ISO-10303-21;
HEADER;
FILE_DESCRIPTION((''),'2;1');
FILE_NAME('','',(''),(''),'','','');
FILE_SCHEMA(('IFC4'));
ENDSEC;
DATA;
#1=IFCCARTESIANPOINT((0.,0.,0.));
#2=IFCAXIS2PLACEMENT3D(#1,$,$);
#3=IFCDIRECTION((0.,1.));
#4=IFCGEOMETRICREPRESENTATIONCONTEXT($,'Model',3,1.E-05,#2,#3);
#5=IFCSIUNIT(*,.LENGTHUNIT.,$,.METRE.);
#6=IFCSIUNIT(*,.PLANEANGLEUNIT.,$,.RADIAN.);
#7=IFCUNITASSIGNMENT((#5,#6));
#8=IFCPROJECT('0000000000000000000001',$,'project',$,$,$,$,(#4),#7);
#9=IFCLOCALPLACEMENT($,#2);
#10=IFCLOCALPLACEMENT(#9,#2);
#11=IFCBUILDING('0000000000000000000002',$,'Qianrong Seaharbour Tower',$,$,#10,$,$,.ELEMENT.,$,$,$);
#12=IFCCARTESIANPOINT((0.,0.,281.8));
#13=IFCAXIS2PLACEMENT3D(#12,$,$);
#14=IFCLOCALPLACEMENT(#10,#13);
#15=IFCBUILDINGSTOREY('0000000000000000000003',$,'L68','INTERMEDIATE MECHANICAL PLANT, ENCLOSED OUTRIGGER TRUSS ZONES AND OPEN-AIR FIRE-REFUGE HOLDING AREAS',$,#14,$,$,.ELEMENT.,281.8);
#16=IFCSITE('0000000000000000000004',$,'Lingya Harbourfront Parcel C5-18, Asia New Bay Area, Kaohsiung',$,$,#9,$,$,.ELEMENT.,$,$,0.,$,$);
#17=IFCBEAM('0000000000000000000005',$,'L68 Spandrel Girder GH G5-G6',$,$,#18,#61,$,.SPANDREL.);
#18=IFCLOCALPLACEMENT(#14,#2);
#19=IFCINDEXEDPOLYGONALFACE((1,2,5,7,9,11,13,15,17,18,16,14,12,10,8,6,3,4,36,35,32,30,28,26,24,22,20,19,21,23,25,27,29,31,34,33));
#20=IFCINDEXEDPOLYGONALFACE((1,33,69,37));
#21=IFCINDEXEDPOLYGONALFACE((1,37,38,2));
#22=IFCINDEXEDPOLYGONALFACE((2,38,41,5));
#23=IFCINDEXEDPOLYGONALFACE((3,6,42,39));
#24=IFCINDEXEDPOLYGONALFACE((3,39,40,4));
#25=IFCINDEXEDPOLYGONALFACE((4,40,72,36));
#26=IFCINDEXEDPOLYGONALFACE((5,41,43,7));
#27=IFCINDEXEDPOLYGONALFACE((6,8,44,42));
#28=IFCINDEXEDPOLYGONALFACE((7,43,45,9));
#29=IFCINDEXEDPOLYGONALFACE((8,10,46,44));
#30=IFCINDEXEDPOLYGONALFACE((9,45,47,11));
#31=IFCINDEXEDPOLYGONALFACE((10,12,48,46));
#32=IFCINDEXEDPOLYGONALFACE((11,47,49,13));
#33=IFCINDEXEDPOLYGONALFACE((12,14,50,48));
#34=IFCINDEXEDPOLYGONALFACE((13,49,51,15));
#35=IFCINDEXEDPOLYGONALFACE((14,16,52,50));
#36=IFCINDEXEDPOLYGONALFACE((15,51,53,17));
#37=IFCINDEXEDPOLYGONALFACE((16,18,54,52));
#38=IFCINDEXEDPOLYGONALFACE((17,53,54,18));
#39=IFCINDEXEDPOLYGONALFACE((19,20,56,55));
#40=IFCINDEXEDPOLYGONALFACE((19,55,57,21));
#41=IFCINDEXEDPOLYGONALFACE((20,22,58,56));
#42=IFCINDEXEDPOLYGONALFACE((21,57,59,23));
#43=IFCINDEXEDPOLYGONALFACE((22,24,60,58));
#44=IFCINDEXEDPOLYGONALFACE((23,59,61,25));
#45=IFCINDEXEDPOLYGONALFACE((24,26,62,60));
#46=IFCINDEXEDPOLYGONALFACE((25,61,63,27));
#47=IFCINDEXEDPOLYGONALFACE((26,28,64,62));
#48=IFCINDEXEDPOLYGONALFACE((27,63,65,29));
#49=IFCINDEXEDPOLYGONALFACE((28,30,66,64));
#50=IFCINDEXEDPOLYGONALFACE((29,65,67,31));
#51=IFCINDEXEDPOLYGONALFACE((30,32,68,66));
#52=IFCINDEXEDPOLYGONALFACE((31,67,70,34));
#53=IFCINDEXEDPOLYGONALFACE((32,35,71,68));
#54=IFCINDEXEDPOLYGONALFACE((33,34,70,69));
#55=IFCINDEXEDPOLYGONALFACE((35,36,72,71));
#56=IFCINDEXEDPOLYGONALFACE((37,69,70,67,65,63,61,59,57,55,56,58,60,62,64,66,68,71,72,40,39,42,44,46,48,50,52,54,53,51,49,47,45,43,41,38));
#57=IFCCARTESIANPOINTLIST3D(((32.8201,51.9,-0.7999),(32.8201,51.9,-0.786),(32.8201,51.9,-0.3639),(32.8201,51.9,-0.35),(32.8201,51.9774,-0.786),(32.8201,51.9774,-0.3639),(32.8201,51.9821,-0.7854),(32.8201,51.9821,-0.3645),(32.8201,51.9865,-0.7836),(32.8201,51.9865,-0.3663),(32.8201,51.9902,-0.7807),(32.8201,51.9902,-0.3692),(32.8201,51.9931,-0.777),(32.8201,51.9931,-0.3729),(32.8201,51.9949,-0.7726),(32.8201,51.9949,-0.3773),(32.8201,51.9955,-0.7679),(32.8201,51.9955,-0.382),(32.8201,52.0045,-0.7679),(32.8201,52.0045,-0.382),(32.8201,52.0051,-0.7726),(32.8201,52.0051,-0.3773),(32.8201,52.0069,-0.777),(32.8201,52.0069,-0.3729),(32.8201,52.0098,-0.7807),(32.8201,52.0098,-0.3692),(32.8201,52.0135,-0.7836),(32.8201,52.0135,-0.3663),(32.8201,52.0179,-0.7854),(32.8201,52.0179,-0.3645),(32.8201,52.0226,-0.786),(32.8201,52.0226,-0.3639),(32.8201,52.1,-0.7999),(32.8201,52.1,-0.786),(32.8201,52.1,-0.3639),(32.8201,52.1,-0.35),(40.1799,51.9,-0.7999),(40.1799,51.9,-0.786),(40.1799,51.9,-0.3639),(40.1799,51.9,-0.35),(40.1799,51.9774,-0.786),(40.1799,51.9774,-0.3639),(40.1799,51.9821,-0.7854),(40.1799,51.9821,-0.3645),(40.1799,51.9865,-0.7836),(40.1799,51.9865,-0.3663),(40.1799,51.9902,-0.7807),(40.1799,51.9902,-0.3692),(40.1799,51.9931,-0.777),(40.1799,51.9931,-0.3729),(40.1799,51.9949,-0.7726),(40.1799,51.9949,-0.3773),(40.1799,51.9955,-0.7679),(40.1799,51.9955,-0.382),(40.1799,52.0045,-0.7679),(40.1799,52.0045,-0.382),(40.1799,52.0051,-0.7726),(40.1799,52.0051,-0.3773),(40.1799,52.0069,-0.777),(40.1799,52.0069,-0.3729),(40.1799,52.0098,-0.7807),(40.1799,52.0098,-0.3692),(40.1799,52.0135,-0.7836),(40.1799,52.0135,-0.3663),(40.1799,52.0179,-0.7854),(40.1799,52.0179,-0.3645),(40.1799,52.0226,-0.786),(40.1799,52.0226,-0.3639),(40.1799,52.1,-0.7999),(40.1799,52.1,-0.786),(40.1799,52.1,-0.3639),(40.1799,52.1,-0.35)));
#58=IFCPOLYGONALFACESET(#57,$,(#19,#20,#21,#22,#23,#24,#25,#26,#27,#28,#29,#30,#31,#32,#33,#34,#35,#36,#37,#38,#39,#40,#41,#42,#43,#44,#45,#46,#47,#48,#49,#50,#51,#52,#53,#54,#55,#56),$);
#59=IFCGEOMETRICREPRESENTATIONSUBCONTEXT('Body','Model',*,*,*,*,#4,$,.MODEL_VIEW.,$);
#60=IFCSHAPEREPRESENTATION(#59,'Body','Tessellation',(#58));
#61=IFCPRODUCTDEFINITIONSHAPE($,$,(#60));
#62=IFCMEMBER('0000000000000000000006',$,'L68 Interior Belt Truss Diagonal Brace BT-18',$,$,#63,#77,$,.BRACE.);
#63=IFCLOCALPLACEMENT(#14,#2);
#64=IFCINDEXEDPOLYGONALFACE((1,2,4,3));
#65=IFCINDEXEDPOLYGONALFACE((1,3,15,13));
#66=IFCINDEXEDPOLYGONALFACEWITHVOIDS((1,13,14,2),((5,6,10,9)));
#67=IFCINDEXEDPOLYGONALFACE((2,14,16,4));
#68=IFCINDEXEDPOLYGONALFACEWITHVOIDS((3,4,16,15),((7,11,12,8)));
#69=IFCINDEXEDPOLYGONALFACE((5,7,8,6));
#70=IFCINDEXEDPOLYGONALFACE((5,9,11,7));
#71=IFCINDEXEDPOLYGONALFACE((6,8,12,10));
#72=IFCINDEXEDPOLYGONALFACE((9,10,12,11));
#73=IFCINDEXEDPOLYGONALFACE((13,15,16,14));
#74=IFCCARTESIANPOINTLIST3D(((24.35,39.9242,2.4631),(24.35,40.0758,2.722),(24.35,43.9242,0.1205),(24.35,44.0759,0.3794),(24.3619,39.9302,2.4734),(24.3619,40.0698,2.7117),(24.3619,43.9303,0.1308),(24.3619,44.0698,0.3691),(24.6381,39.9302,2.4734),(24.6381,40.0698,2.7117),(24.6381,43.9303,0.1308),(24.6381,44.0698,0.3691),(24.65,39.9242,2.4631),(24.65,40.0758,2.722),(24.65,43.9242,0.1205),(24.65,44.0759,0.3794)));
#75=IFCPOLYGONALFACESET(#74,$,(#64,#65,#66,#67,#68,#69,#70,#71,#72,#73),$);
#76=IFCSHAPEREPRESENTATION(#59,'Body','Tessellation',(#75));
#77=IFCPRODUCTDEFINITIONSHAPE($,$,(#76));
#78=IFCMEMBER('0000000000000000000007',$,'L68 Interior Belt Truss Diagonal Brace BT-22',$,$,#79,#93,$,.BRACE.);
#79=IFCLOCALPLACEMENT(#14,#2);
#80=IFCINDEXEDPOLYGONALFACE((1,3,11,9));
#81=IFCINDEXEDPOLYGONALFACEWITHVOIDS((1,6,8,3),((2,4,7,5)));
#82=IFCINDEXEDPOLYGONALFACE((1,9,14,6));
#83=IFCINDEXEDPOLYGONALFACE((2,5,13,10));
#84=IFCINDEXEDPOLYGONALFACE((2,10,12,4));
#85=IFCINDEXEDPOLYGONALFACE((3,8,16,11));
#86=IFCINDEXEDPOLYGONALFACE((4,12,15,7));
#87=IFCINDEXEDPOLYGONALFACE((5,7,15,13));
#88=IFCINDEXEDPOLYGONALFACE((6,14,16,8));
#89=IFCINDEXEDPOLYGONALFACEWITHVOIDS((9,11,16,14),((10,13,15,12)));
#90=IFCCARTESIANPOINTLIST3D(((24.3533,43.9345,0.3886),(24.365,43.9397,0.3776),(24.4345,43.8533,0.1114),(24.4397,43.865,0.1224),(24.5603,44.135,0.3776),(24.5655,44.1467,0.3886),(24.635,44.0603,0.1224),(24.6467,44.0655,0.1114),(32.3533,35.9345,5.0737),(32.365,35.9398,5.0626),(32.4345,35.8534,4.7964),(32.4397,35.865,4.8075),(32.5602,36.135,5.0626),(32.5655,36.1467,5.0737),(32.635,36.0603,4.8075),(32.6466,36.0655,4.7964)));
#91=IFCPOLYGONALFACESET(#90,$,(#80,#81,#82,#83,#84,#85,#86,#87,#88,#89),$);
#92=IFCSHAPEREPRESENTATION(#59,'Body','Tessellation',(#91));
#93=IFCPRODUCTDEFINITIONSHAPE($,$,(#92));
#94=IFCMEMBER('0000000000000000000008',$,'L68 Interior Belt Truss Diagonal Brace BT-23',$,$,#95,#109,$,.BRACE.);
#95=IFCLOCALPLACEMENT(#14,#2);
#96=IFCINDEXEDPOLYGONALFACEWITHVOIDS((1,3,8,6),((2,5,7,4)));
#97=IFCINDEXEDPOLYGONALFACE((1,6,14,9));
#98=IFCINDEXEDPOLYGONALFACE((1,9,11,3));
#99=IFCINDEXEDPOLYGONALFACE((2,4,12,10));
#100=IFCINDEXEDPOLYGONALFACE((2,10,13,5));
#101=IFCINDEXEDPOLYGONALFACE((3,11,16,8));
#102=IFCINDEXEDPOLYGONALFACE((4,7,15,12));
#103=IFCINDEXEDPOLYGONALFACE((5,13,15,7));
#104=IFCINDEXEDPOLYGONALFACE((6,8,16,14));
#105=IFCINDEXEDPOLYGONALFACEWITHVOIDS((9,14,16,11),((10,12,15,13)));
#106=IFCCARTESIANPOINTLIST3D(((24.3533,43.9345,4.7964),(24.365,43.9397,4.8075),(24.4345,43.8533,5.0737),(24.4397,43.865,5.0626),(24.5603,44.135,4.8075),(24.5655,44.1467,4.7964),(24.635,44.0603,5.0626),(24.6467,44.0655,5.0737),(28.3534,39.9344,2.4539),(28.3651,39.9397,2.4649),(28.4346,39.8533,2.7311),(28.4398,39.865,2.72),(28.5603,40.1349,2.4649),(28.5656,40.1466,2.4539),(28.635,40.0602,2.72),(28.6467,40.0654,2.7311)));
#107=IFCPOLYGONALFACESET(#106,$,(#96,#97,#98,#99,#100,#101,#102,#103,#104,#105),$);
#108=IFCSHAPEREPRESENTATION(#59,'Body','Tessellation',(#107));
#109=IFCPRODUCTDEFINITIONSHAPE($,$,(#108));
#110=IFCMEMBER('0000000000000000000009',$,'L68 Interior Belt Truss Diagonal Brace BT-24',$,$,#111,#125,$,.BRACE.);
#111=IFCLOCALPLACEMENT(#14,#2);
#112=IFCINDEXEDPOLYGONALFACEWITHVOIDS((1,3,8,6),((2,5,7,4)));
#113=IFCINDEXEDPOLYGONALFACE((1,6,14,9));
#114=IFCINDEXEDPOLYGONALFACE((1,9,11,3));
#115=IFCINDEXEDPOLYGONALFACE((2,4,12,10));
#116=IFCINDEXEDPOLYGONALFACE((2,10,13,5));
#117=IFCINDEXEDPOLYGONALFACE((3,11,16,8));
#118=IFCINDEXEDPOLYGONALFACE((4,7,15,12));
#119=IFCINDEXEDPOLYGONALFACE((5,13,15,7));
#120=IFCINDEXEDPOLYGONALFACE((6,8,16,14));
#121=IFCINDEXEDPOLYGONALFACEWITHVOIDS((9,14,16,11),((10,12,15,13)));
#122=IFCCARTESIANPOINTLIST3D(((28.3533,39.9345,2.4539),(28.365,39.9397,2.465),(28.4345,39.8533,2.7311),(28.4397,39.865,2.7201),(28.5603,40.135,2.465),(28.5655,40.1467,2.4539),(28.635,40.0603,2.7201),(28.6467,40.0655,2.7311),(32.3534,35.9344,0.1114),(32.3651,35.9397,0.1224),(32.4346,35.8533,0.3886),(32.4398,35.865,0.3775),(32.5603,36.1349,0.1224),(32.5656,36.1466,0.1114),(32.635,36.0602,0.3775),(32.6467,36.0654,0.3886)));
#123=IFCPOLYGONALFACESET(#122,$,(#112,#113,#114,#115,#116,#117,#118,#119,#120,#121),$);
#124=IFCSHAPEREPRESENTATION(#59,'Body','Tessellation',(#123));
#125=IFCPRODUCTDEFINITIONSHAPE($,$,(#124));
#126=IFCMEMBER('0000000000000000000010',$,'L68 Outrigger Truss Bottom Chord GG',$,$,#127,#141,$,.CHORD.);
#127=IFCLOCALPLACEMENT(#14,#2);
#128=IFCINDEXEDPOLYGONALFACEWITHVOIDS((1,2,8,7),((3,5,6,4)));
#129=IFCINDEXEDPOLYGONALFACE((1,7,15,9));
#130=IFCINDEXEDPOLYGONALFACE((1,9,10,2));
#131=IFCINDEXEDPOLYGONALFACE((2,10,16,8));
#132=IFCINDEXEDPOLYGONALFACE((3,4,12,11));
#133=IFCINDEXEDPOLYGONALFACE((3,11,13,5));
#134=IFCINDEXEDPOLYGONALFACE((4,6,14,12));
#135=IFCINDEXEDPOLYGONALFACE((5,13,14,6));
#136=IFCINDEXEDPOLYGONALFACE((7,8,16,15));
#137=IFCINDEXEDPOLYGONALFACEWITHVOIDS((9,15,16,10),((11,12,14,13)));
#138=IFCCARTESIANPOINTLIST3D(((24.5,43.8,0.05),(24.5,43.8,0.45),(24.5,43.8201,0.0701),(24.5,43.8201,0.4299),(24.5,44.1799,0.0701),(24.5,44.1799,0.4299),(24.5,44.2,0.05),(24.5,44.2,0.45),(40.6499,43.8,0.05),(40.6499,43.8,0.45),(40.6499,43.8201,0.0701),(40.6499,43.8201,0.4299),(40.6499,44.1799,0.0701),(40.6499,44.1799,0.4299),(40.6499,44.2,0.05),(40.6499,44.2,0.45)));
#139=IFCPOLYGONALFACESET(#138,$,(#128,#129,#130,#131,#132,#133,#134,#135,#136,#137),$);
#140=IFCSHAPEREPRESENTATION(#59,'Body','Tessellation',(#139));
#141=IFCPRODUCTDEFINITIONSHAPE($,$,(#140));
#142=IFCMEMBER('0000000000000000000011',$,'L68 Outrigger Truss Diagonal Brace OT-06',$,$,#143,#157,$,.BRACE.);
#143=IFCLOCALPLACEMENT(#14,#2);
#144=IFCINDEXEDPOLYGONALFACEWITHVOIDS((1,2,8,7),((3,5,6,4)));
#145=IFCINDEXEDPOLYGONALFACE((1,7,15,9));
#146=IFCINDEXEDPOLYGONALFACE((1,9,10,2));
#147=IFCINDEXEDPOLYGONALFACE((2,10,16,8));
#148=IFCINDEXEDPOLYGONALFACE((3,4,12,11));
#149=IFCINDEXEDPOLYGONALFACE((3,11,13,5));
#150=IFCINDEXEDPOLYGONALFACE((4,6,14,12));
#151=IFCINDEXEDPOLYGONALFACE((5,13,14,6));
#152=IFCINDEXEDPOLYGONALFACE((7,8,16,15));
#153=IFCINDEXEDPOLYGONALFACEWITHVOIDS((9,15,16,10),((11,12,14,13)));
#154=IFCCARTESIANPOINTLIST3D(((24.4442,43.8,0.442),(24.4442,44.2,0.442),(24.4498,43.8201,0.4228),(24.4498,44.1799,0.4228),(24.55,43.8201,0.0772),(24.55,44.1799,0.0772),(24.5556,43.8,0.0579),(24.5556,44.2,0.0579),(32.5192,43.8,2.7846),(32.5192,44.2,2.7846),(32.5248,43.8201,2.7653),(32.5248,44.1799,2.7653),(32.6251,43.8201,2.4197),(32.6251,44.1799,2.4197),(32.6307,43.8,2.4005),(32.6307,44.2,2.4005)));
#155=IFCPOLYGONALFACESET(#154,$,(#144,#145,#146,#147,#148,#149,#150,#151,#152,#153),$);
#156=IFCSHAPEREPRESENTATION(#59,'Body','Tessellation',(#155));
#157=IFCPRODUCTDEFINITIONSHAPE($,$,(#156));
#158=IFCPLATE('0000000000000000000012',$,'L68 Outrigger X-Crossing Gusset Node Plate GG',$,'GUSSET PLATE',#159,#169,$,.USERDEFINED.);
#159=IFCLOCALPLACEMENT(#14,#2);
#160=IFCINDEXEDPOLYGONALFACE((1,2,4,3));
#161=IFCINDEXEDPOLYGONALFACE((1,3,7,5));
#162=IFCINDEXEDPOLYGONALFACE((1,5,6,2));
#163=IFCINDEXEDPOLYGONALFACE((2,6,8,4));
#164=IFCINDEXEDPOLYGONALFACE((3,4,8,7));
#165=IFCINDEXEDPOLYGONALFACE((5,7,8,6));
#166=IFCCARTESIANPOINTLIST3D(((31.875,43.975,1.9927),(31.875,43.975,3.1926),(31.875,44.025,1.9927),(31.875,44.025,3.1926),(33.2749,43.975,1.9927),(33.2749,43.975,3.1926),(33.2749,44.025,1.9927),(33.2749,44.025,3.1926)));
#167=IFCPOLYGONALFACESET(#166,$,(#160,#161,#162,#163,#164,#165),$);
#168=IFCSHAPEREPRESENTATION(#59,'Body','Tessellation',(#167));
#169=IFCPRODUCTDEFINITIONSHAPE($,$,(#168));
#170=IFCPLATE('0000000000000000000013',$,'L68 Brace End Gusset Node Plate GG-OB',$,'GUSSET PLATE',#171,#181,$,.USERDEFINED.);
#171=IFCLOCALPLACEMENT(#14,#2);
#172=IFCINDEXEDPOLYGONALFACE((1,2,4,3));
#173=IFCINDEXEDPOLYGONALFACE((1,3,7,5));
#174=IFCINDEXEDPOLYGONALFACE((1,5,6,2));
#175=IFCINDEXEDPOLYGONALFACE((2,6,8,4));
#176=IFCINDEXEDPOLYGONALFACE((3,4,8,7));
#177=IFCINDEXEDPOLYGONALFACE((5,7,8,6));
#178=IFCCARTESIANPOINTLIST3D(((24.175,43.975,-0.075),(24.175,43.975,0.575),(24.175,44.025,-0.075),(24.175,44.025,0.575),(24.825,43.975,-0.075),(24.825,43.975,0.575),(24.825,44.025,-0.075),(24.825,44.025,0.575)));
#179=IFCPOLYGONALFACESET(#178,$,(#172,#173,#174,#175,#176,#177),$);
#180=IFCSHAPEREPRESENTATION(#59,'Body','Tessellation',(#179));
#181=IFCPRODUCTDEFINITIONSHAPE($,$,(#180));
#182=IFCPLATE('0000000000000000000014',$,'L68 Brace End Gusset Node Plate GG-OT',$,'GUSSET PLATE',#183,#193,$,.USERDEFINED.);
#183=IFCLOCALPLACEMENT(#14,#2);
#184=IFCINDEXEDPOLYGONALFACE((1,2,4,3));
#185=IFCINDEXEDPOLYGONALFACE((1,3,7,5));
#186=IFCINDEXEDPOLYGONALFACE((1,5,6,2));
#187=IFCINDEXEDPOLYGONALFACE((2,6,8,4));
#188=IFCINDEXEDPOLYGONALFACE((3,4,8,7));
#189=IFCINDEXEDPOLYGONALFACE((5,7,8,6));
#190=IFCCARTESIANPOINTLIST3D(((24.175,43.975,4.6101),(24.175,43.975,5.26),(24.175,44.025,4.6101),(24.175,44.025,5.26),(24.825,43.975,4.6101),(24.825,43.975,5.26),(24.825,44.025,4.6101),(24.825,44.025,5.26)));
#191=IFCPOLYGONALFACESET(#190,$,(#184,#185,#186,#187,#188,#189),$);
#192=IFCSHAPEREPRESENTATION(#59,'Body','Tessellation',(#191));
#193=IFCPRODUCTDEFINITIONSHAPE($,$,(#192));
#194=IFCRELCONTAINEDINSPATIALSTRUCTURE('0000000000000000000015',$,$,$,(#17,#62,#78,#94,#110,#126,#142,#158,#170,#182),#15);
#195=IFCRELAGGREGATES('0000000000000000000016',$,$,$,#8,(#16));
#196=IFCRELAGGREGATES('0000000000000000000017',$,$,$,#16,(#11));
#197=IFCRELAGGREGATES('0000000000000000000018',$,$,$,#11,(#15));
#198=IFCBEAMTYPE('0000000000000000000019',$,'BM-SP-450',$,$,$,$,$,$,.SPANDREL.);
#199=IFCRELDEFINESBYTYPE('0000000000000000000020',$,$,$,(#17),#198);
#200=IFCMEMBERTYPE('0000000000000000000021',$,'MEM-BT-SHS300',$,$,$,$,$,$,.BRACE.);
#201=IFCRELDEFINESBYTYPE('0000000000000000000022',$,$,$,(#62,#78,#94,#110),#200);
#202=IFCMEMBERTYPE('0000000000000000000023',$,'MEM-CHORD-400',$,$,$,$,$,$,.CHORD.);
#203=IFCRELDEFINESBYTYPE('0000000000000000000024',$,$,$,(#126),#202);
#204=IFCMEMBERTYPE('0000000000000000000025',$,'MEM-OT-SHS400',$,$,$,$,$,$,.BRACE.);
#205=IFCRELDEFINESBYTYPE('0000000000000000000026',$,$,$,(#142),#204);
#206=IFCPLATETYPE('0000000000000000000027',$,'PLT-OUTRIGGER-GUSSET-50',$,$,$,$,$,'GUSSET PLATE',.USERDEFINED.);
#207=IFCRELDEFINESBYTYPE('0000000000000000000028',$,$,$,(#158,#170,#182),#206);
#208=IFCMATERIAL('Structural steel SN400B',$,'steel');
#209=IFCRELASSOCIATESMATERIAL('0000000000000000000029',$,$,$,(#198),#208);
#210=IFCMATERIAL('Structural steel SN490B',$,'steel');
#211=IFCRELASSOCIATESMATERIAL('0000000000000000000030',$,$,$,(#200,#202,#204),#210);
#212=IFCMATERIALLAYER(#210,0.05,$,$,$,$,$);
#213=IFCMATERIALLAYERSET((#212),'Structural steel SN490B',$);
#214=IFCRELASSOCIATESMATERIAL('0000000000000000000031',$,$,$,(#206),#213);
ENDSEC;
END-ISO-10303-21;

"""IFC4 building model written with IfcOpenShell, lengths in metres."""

from ifc_helpers import new_model, si_unit, direction, frame, origin, origin_2d, place, context, subcontext, project, spatial, rectangle, hollow_rectangle, i_section, extrude, material, layer, layer_set, material_profile, profile_set, type_object, element, save


model = new_model("IFC4")

# Units and contexts
model_context = context("Model", 3, precision=1e-05, world=origin(), true_north=direction((0.0, 1.0)))
body_context = subcontext(model_context, "Body", "Model", "MODEL_VIEW")
ifc_project = project(units=[si_unit("LENGTHUNIT", "METRE"), si_unit("PLANEANGLEUNIT", "RADIAN")], contexts=[model_context])

# Site, building, storey
site_placement = place(None, origin())
site = spatial("IfcSite", under=ifc_project, at=site_placement, Name="Lingya Harbourfront Parcel C5-18, Asia New Bay Area, Kaohsiung", CompositionType="ELEMENT", RefElevation=0.0)
building_placement = place(site_placement, origin())
building = spatial("IfcBuilding", under=site, at=building_placement, Name="Qianrong Seaharbour Tower", CompositionType="ELEMENT")
storey_placement = place(building_placement, frame((0.0, 0.0, 281.8)))
storey = spatial("IfcBuildingStorey", under=building, at=storey_placement, Name="L68", Description="INTERMEDIATE MECHANICAL PLANT, ENCLOSED OUTRIGGER TRUSS ZONES AND OPEN-AIR FIRE-REFUGE HOLDING AREAS", CompositionType="ELEMENT", Elevation=281.8)

# Shared definitions
ifc_material_1 = material(Name="Structural steel SN490B", Category="steel")

# Beam
ifc_material_2 = material(Name="Structural steel SN400B", Category="steel")
ifc_material_profile_1 = material_profile(ifc_material_2, i_section(OverallWidth=0.2, OverallDepth=0.45, WebThickness=0.009, FlangeThickness=0.0139, FilletRadius=0.0181, at=origin_2d()), Name="H450x200x9x14")
ifc_profile_set_1 = profile_set([ifc_material_profile_1], Name="Structural steel SN400B")
beam_type_1 = type_object("IfcBeamType", Name="BM-SP-450", PredefinedType="SPANDREL", material=ifc_profile_set_1)
for number, where, z_axis, x_axis, name in (
    (1, (32.8201, 52.0, -0.575), (1.0, 0.0, 0.0), (0.0, 1.0, 0.0), "L68 Spandrel Girder GH G5-G6"),
):
    element("IfcBeam", number, at=place(storey_placement, frame(where, z_axis=z_axis, x_axis=x_axis)), inside=storey, type_object=beam_type_1, Name=name, PredefinedType="SPANDREL", context=body_context, shape_type="SweptSolid", body=[
        extrude(i_section(OverallWidth=0.2, OverallDepth=0.45, WebThickness=0.009, FlangeThickness=0.0139, FilletRadius=0.0181, at=origin_2d()), origin(), (0.0, 0.0, 1.0), 7.3599),
    ])

# Members
ifc_material_profile_2 = material_profile(ifc_material_1, hollow_rectangle(XDim=0.3, YDim=0.3, WallThickness=0.012, at=origin_2d()), Name="SHS300x300x12")
ifc_profile_set_2 = profile_set([ifc_material_profile_2], Name="Structural steel SN490B")
member_type_1 = type_object("IfcMemberType", Name="MEM-BT-SHS300", PredefinedType="BRACE", material=ifc_profile_set_2)
member_1_placement = place(storey_placement, frame((24.5, 40.0, 2.5925), z_axis=(0.0, 0.862914, -0.50535), x_axis=(-1.0, 0.0, 0.0)))
element("IfcMember", 2, at=member_1_placement, inside=storey, type_object=member_type_1, Name="L68 Interior Belt Truss Diagonal Brace BT-18", PredefinedType="BRACE", context=body_context, shape_type="SweptSolid", body=[
    extrude(hollow_rectangle(XDim=0.3, YDim=0.3, WallThickness=0.012, at=origin_2d()), origin(), (0.0, 0.0, 1.0), 4.6355),
])
member_2_placement = place(storey_placement, frame((24.5, 44.0, 0.25), z_axis=(0.653307, -0.653307, 0.382597), x_axis=(0.707107, 0.707107, 0.0)))
element("IfcMember", 3, at=member_2_placement, inside=storey, type_object=member_type_1, Name="L68 Interior Belt Truss Diagonal Brace BT-22", PredefinedType="BRACE", context=body_context, shape_type="SweptSolid", body=[
    extrude(hollow_rectangle(XDim=0.3, YDim=0.3, WallThickness=0.012, at=origin_2d()), origin(), (0.0, 0.0, 1.0), 12.2454),
])
for number, where, z_axis, x_axis, name in (
    (4, (24.5, 44.0, 4.9351), (0.653307, -0.653307, -0.382597), (0.707107, 0.707107, 0.0), "L68 Interior Belt Truss Diagonal Brace BT-23"),
    (5, (28.5, 40.0, 2.5925), (0.653307, -0.653307, -0.382597), (0.707107, 0.707107, 0.0), "L68 Interior Belt Truss Diagonal Brace BT-24"),
):
    element("IfcMember", number, at=place(storey_placement, frame(where, z_axis=z_axis, x_axis=x_axis)), inside=storey, type_object=member_type_1, Name=name, PredefinedType="BRACE", context=body_context, shape_type="SweptSolid", body=[
        extrude(hollow_rectangle(XDim=0.3, YDim=0.3, WallThickness=0.012, at=origin_2d()), origin(), (0.0, 0.0, 1.0), 6.1228),
    ])
ifc_material_profile_3 = material_profile(ifc_material_1, hollow_rectangle(XDim=0.3999, YDim=0.3999, WallThickness=0.02, at=origin_2d()), Name="SHS400x400x20")
ifc_profile_set_3 = profile_set([ifc_material_profile_3], Name="Structural steel SN490B")
member_type_2 = type_object("IfcMemberType", Name="MEM-CHORD-400", PredefinedType="CHORD", material=ifc_profile_set_3)
member_3_placement = place(storey_placement, frame((24.5, 44.0, 0.25), z_axis=(1.0, 0.0, 0.0), x_axis=(0.0, 1.0, 0.0)))
element("IfcMember", 6, at=member_3_placement, inside=storey, type_object=member_type_2, Name="L68 Outrigger Truss Bottom Chord GG", PredefinedType="CHORD", context=body_context, shape_type="SweptSolid", body=[
    extrude(hollow_rectangle(XDim=0.3999, YDim=0.3999, WallThickness=0.02, at=origin_2d()), origin(), (0.0, 0.0, 1.0), 16.1499),
])
ifc_material_profile_4 = material_profile(ifc_material_1, hollow_rectangle(XDim=0.3999, YDim=0.3999, WallThickness=0.02, at=origin_2d()), Name="SHS400x400x20")
ifc_profile_set_4 = profile_set([ifc_material_profile_4], Name="Structural steel SN490B")
member_type_3 = type_object("IfcMemberType", Name="MEM-OT-SHS400", PredefinedType="BRACE", material=ifc_profile_set_4)
member_4_placement = place(storey_placement, frame((32.575, 44.0, 2.5925), z_axis=(-0.960404, 0.0, -0.278611), x_axis=(0.0, -1.0, 0.0)))
element("IfcMember", 7, at=member_4_placement, inside=storey, type_object=member_type_3, Name="L68 Outrigger Truss Diagonal Brace OT-06", PredefinedType="BRACE", context=body_context, shape_type="SweptSolid", body=[
    extrude(hollow_rectangle(XDim=0.3999, YDim=0.3999, WallThickness=0.02, at=origin_2d()), origin(), (0.0, 0.0, 1.0), 8.408),
])

# Plates
ifc_layer_1 = layer(ifc_material_1, 0.05)
ifc_layer_set_1 = layer_set([ifc_layer_1], Name="Structural steel SN490B")
plate_type = type_object("IfcPlateType", Name="PLT-OUTRIGGER-GUSSET-50", ElementType="GUSSET PLATE", PredefinedType="USERDEFINED", material=ifc_layer_set_1)
plate_1_placement = place(storey_placement, frame((32.575, 44.0, 1.9927), z_axis=(0.0, 0.0, 1.0), x_axis=(1.0, 0.0, 0.0)))
element("IfcPlate", 8, at=plate_1_placement, inside=storey, type_object=plate_type, Name="L68 Outrigger X-Crossing Gusset Node Plate GG", ObjectType="GUSSET PLATE", PredefinedType="USERDEFINED", context=body_context, shape_type="SweptSolid", body=[
    extrude(rectangle(XDim=1.3999, YDim=0.05, at=origin_2d()), origin(), (0.0, 0.0, 1.0), 1.2),
])
for number, where, z_axis, x_axis, name in (
    (9, (24.5, 44.0, -0.075), (0.0, 0.0, 1.0), (1.0, 0.0, 0.0), "L68 Brace End Gusset Node Plate GG-OB"),
    (10, (24.5, 44.0, 4.6101), (0.0, 0.0, 1.0), (1.0, 0.0, 0.0), "L68 Brace End Gusset Node Plate GG-OT"),
):
    element("IfcPlate", number, at=place(storey_placement, frame(where, z_axis=z_axis, x_axis=x_axis)), inside=storey, type_object=plate_type, Name=name, ObjectType="GUSSET PLATE", PredefinedType="USERDEFINED", context=body_context, shape_type="SweptSolid", body=[
        extrude(rectangle(XDim=0.6499, YDim=0.05, at=origin_2d()), origin(), (0.0, 0.0, 1.0), 0.6499),
    ])

save(model, "model.ifc")
